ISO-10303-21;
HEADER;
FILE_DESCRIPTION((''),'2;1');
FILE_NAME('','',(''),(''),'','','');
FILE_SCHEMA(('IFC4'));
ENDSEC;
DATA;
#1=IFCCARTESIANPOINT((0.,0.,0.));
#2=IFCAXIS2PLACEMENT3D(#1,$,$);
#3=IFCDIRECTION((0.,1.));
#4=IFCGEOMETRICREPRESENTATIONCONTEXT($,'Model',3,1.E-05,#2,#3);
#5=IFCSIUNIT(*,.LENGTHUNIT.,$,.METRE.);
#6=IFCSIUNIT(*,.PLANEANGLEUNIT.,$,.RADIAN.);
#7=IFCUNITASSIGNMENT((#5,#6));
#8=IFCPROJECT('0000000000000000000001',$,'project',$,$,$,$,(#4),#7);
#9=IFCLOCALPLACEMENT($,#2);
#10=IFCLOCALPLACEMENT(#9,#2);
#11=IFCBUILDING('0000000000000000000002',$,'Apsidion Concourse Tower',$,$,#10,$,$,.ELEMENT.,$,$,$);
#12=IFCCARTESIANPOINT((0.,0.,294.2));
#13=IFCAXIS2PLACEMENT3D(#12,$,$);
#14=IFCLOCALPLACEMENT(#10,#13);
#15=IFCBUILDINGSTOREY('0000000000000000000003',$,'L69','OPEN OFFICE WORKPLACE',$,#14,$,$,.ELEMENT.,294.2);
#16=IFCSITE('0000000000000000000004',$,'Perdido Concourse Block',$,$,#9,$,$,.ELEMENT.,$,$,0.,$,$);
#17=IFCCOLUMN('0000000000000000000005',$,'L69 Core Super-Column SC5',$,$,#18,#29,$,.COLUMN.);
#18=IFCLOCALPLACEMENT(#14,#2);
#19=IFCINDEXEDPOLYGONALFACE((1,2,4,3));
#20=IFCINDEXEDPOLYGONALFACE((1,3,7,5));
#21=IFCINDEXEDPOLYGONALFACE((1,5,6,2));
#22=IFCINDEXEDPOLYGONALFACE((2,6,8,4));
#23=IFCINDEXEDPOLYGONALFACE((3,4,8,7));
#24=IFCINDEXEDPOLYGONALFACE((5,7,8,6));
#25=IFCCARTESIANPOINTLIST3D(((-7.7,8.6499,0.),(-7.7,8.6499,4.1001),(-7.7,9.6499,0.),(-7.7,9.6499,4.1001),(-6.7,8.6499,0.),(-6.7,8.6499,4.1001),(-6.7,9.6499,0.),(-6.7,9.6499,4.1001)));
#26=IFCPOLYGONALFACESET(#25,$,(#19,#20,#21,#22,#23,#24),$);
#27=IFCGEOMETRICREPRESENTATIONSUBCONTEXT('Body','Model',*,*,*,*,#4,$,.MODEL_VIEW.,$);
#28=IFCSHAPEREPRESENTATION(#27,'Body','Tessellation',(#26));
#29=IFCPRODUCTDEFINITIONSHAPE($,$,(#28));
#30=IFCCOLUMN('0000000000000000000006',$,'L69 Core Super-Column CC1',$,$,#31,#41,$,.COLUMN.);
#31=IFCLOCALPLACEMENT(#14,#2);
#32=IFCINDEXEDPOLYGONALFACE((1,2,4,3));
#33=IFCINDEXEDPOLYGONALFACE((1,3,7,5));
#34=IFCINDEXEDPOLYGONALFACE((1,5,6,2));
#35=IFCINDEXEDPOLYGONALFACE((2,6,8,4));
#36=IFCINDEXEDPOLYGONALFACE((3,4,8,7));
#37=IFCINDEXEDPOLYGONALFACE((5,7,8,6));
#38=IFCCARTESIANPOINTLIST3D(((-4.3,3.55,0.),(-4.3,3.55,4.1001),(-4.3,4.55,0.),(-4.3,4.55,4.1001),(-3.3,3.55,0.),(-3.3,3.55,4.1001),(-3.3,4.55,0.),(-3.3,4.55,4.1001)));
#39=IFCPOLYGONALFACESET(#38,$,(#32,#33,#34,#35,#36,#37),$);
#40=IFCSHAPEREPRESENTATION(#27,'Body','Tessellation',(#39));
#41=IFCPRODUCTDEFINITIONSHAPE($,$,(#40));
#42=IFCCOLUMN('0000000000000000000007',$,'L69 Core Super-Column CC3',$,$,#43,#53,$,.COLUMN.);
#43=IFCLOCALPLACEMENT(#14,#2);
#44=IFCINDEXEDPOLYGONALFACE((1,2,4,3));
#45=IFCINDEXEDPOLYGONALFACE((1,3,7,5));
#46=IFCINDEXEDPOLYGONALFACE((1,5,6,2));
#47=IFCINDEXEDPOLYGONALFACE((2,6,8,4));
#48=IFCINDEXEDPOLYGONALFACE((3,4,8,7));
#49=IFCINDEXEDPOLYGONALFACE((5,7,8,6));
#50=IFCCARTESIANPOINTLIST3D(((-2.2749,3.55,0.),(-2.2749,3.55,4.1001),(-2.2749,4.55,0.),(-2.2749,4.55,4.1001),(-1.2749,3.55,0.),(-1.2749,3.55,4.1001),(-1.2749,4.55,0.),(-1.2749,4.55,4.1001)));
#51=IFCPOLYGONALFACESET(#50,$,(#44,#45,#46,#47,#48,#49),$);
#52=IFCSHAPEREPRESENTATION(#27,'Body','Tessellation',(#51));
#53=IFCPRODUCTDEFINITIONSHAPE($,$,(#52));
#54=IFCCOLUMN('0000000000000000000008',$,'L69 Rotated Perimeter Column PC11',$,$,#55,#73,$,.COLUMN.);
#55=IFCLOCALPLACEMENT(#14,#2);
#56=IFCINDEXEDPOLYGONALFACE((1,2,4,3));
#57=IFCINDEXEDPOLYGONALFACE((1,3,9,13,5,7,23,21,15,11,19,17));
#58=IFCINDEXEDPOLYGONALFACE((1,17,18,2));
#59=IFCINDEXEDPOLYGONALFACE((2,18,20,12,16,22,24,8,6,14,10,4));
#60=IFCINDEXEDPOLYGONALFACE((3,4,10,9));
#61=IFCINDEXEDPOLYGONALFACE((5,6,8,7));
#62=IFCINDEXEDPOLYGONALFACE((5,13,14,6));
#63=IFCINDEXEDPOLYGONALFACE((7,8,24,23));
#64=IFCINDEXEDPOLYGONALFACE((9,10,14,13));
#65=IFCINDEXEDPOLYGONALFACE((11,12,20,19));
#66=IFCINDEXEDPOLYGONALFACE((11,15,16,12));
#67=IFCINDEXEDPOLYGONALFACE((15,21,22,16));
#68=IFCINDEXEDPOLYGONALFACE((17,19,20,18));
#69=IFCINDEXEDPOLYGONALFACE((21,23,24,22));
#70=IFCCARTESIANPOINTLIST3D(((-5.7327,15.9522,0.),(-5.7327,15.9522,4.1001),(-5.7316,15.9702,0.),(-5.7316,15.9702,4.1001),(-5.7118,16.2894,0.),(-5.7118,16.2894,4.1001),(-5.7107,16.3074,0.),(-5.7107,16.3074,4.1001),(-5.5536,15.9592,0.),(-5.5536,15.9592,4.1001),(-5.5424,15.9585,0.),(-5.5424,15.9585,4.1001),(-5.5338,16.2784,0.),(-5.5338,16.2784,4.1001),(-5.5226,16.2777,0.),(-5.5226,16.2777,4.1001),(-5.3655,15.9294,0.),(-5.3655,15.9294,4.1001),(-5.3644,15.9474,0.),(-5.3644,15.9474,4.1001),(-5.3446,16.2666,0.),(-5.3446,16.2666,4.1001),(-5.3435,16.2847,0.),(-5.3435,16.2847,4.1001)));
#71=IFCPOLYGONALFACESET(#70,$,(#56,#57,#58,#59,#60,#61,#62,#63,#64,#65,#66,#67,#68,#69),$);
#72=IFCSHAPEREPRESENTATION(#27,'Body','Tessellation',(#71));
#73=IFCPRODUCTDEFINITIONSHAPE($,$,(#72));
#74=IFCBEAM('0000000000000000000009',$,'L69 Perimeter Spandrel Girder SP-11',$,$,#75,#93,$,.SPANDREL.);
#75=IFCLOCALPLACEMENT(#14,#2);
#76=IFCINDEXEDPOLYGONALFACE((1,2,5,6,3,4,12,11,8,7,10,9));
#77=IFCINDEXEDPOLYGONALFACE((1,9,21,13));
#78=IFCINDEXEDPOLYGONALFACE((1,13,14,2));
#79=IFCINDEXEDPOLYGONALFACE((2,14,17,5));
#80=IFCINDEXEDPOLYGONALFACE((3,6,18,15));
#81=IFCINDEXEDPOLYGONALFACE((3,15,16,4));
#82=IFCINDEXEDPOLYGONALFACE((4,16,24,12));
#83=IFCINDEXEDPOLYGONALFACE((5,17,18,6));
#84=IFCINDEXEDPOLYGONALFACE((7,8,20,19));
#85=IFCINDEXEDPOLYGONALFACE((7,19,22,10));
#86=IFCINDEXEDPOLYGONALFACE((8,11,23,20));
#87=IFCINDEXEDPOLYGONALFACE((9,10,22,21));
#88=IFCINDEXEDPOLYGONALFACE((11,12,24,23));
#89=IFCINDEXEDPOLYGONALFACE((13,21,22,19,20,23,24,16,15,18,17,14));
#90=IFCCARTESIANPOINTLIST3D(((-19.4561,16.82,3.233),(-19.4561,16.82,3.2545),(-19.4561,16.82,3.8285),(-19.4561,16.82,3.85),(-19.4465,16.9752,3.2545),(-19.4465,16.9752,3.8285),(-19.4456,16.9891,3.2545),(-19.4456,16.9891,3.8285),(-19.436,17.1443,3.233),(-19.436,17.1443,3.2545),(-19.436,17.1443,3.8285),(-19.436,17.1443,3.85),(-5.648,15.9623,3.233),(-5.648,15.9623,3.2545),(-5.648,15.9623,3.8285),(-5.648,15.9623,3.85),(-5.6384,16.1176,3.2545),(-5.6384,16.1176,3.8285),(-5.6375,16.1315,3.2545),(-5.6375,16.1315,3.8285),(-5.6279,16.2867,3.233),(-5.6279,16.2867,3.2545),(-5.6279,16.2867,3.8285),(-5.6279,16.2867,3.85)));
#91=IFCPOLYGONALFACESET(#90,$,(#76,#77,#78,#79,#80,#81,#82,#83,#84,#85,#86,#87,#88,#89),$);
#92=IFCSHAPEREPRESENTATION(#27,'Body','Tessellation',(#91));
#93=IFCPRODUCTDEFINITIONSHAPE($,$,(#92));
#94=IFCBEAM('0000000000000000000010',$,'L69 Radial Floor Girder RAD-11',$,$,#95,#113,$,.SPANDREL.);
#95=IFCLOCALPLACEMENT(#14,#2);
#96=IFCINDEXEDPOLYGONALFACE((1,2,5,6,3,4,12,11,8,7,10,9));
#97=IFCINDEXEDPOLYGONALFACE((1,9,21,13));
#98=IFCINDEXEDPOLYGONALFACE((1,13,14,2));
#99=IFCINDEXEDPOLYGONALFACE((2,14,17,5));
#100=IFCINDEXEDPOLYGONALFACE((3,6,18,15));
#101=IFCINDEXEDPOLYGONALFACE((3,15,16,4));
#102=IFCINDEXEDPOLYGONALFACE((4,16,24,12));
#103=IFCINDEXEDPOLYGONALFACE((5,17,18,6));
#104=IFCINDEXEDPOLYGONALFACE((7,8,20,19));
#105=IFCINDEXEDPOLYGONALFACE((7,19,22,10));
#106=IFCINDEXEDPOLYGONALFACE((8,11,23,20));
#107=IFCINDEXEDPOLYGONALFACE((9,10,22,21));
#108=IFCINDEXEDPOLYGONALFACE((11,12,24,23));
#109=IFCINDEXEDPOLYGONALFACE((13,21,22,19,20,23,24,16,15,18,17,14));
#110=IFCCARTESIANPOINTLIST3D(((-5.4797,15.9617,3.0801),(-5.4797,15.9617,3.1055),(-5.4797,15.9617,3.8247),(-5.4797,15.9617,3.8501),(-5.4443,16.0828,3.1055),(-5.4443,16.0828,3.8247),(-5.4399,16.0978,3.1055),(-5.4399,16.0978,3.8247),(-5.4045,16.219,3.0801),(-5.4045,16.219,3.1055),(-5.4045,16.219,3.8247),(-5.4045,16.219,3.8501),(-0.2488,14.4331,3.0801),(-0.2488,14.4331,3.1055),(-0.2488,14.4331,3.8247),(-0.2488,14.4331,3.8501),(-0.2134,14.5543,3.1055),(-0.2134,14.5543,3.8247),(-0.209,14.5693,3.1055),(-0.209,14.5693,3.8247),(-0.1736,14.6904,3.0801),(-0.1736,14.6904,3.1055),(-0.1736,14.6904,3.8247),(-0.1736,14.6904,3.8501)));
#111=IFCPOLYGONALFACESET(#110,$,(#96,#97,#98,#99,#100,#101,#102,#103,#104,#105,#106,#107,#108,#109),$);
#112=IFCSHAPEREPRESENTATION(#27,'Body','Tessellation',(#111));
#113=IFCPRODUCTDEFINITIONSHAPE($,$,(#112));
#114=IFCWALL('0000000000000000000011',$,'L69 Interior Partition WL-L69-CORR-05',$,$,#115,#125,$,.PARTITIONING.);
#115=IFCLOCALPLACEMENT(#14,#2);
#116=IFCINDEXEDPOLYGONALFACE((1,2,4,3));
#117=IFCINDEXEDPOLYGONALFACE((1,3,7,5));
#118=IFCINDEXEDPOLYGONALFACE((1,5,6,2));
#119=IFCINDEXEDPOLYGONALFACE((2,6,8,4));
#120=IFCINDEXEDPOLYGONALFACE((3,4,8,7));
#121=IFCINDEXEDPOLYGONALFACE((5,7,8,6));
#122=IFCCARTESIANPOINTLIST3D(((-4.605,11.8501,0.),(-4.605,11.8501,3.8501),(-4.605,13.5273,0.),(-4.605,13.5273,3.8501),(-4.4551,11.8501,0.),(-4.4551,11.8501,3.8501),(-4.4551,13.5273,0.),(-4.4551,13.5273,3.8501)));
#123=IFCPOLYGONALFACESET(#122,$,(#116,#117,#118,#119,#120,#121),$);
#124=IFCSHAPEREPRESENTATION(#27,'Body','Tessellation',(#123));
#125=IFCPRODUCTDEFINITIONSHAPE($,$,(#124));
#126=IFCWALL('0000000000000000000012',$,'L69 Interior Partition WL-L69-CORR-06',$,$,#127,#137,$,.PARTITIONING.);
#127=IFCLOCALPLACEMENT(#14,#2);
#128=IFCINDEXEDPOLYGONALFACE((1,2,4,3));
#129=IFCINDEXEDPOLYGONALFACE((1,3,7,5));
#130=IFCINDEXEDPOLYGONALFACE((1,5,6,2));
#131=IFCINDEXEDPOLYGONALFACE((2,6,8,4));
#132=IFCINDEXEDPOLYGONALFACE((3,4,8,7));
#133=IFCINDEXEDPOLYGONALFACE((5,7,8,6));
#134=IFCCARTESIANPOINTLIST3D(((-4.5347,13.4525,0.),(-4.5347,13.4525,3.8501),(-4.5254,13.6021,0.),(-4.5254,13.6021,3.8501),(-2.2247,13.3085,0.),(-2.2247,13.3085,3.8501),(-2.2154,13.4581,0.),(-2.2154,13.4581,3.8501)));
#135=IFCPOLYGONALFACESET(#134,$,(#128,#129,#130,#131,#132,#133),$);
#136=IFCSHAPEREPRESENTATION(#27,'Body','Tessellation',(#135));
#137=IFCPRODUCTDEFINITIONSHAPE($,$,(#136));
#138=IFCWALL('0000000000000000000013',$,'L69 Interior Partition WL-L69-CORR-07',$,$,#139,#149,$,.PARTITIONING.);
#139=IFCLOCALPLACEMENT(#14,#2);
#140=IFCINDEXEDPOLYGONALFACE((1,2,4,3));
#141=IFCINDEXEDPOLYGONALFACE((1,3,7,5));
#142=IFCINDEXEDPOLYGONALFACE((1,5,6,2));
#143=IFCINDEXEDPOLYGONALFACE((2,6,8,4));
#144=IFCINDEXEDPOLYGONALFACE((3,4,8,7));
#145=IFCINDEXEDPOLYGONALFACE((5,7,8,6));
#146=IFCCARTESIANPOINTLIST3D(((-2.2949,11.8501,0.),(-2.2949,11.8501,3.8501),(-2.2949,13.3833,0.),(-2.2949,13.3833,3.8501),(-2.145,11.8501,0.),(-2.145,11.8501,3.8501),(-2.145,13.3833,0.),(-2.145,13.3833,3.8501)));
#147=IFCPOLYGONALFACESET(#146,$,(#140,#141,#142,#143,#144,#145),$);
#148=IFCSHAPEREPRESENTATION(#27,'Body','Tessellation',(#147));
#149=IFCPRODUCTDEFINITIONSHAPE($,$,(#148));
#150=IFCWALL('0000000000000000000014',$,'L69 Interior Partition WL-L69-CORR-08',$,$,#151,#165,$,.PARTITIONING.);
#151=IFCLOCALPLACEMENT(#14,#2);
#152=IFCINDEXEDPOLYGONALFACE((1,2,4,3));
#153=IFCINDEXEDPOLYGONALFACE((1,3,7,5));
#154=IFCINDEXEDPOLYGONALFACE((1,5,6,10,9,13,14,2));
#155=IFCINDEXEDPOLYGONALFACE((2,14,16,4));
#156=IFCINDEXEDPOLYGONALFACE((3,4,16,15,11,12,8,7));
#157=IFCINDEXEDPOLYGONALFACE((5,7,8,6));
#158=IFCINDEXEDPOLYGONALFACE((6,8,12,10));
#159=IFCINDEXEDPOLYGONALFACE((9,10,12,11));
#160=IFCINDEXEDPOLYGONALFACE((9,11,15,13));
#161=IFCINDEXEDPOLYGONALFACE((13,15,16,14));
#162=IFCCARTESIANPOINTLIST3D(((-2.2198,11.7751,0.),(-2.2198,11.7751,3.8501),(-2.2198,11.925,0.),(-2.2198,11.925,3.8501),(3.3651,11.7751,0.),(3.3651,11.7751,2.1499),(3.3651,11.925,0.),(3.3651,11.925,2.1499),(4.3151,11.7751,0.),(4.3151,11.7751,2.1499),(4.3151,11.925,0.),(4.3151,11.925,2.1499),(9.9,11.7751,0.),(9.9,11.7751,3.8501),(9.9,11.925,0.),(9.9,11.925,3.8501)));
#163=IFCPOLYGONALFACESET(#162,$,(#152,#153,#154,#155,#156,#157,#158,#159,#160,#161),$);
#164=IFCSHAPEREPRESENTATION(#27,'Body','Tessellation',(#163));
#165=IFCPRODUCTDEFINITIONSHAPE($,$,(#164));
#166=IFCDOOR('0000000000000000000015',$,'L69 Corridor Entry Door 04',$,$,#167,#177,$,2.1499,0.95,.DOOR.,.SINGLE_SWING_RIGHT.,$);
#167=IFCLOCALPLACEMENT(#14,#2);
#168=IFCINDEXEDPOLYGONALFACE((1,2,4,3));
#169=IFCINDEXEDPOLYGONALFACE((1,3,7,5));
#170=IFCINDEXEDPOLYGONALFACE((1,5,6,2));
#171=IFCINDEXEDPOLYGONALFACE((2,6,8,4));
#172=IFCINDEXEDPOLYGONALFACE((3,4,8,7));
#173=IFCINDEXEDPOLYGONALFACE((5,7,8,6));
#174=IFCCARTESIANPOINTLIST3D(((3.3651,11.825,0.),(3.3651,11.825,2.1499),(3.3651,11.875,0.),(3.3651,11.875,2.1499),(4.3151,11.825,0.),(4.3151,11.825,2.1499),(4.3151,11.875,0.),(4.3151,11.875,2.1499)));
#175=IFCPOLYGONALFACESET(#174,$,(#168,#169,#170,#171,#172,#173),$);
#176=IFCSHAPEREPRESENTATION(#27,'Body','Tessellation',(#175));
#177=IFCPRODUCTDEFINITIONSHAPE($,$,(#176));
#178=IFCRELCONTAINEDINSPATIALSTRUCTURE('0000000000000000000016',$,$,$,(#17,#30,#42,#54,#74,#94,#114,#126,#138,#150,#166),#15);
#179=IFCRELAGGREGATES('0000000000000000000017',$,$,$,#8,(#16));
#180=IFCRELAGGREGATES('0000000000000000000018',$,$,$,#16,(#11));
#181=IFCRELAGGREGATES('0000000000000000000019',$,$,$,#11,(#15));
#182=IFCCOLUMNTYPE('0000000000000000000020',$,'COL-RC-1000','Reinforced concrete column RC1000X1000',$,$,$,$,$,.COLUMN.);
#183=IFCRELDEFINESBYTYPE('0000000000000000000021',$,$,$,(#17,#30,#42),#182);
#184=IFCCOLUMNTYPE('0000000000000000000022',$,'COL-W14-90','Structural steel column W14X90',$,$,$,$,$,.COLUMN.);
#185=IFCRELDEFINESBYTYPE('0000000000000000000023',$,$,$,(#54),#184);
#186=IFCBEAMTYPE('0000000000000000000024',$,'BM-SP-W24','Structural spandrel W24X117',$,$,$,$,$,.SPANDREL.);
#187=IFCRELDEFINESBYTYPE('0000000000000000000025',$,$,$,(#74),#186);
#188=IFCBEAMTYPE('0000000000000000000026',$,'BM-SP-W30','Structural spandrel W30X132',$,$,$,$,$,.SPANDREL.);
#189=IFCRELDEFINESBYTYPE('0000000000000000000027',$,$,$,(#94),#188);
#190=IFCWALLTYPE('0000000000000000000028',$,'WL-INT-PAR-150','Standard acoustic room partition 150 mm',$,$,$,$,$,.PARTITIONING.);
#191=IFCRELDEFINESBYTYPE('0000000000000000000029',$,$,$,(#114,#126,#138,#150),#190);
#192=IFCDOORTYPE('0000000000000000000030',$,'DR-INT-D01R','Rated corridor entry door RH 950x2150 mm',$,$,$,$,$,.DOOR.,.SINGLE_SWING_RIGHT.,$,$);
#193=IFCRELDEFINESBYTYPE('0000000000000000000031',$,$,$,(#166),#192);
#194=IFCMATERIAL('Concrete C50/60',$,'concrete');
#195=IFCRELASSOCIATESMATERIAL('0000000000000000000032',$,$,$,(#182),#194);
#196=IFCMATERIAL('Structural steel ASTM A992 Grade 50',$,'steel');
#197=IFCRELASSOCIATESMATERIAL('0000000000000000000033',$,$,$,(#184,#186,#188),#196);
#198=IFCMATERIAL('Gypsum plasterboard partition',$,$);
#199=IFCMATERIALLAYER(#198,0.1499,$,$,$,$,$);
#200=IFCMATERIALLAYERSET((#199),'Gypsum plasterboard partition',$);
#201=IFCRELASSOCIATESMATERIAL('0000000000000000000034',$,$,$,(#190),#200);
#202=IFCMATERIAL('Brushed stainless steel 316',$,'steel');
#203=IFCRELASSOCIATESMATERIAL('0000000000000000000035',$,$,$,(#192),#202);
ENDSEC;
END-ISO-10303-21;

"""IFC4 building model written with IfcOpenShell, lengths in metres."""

from ifc_helpers import new_model, si_unit, direction, frame, frame_2d, origin, origin_2d, place, context, subcontext, project, spatial, rectangle, i_section, extrude, material, layer, layer_set, material_profile, profile_set, type_object, element, fill, save


model = new_model("IFC4")

# Units and contexts
model_context = context("Model", 3, precision=1e-05, world=origin(), true_north=direction((0.0, 1.0)))
body_context = subcontext(model_context, "Body", "Model", "MODEL_VIEW")
ifc_project = project(units=[si_unit("LENGTHUNIT", "METRE"), si_unit("PLANEANGLEUNIT", "RADIAN")], contexts=[model_context])

# Site, building, storey
site_placement = place(None, origin())
site = spatial("IfcSite", under=ifc_project, at=site_placement, Name="Perdido Concourse Block", CompositionType="ELEMENT", RefElevation=0.0)
building_placement = place(site_placement, origin())
building = spatial("IfcBuilding", under=site, at=building_placement, Name="Apsidion Concourse Tower", CompositionType="ELEMENT")
storey_placement = place(building_placement, frame((0.0, 0.0, 294.2)))
storey = spatial("IfcBuildingStorey", under=building, at=storey_placement, Name="L69", Description="OPEN OFFICE WORKPLACE", CompositionType="ELEMENT", Elevation=294.2)

# Columns
ifc_material_1 = material(Name="Concrete C50/60", Category="concrete")
ifc_material_profile_1 = material_profile(ifc_material_1, rectangle(XDim=1.0, YDim=1.0, at=origin_2d()), Name="RC 1000x1000")
ifc_profile_set_1 = profile_set([ifc_material_profile_1], Name="Concrete C50/60")
column_type_1 = type_object("IfcColumnType", Name="COL-RC-1000", Description="Reinforced concrete column RC1000X1000", PredefinedType="COLUMN", material=ifc_profile_set_1)
for number, where, z_axis, x_axis, name in (
    (1, (-7.2, 9.1499, 0.0), (0.0, 0.0, 1.0), (1.0, 0.0, 0.0), "L69 Core Super-Column SC5"),
    (2, (-3.8, 4.05, 0.0), (0.0, 0.0, 1.0), (1.0, 0.0, 0.0), "L69 Core Super-Column CC1"),
    (3, (-1.7749, 4.05, 0.0), (0.0, 0.0, 1.0), (1.0, 0.0, 0.0), "L69 Core Super-Column CC3"),
):
    element("IfcColumn", number, at=place(storey_placement, frame(where, z_axis=z_axis, x_axis=x_axis)), inside=storey, type_object=column_type_1, Name=name, PredefinedType="COLUMN", context=body_context, shape_type="SweptSolid", body=[
        extrude(rectangle(XDim=1.0, YDim=1.0, at=origin_2d()), origin(), (0.0, 0.0, 1.0), 4.1001),
    ])
ifc_material_2 = material(Name="Structural steel ASTM A992 Grade 50", Category="steel")
ifc_material_profile_2 = material_profile(ifc_material_2, i_section(OverallWidth=0.3679, OverallDepth=0.356, WebThickness=0.0112, FlangeThickness=0.0181, at=origin_2d()), Name="W14X90")
ifc_profile_set_2 = profile_set([ifc_material_profile_2], Name="Structural steel ASTM A992 Grade 50")
column_type_2 = type_object("IfcColumnType", Name="COL-W14-90", Description="Structural steel column W14X90", PredefinedType="COLUMN", material=ifc_profile_set_2)
column_placement = place(storey_placement, frame((-5.5381, 16.1184, 0.0), z_axis=(0.0, 0.0, 1.0), x_axis=(-0.998081, 0.06192, 0.0)))
element("IfcColumn", 4, at=column_placement, inside=storey, type_object=column_type_2, Name="L69 Rotated Perimeter Column PC11", PredefinedType="COLUMN", context=body_context, shape_type="SweptSolid", body=[
    extrude(i_section(OverallWidth=0.3679, OverallDepth=0.356, WebThickness=0.0112, FlangeThickness=0.0181, at=origin_2d()), origin(), (0.0, 0.0, 1.0), 4.1001),
])

# Beams
ifc_material_profile_3 = material_profile(ifc_material_2, i_section(OverallWidth=0.325, OverallDepth=0.6169, WebThickness=0.0139, FlangeThickness=0.0215, at=origin_2d()), Name="W24X117")
ifc_profile_set_3 = profile_set([ifc_material_profile_3], Name="Structural steel ASTM A992 Grade 50")
beam_type_1 = type_object("IfcBeamType", Name="BM-SP-W24", Description="Structural spandrel W24X117", PredefinedType="SPANDREL", material=ifc_profile_set_3)
beam_1_placement = place(storey_placement, frame((-5.6379, 16.1245, 3.5415), z_axis=(-0.998077, 0.061994, 0.0), x_axis=(-0.061994, -0.998077, 0.0)))
element("IfcBeam", 5, at=beam_1_placement, inside=storey, type_object=beam_type_1, Name="L69 Perimeter Spandrel Girder SP-11", PredefinedType="SPANDREL", context=body_context, shape_type="SweptSolid", body=[
    extrude(i_section(OverallWidth=0.325, OverallDepth=0.6169, WebThickness=0.0139, FlangeThickness=0.0215, at=origin_2d()), origin(), (0.0, 0.0, 1.0), 13.8347),
])
ifc_material_profile_4 = material_profile(ifc_material_2, i_section(OverallWidth=0.2681, OverallDepth=0.77, WebThickness=0.0156, FlangeThickness=0.0254, at=origin_2d()), Name="W30X132")
ifc_profile_set_4 = profile_set([ifc_material_profile_4], Name="Structural steel ASTM A992 Grade 50")
beam_type_2 = type_object("IfcBeamType", Name="BM-SP-W30", Description="Structural spandrel W30X132", PredefinedType="SPANDREL", material=ifc_profile_set_4)
beam_2_placement = place(storey_placement, frame((-0.2112, 14.5618, 3.4651), z_axis=(-0.959858, 0.280485, 0.0), x_axis=(-0.280485, -0.959858, 0.0)))
element("IfcBeam", 6, at=beam_2_placement, inside=storey, type_object=beam_type_2, Name="L69 Radial Floor Girder RAD-11", PredefinedType="SPANDREL", context=body_context, shape_type="SweptSolid", body=[
    extrude(i_section(OverallWidth=0.2681, OverallDepth=0.77, WebThickness=0.0156, FlangeThickness=0.0254, at=origin_2d()), origin(), (0.0, 0.0, 1.0), 5.4497),
])

# Walls
ifc_material_3 = material(Name="Gypsum plasterboard partition")
ifc_layer_1 = layer(ifc_material_3, 0.1499)
ifc_layer_set_1 = layer_set([ifc_layer_1], Name="Gypsum plasterboard partition")
wall_type_1 = type_object("IfcWallType", Name="WL-INT-PAR-150", Description="Standard acoustic room partition 150 mm", PredefinedType="PARTITIONING", material=ifc_layer_set_1)
wall_1_placement = place(storey_placement, frame((-4.53, 11.8501, 0.0), z_axis=(0.0, 0.0, 1.0), x_axis=(0.0, 1.0, 0.0)))
element("IfcWall", 7, at=wall_1_placement, inside=storey, type_object=wall_type_1, Name="L69 Interior Partition WL-L69-CORR-05", PredefinedType="PARTITIONING", context=body_context, shape_type="SweptSolid", body=[
    extrude(rectangle(XDim=1.6772, YDim=0.1499, at=frame_2d((0.8386, 0.0))), origin(), (0.0, 0.0, 1.0), 3.8501),
])
wall_2_placement = place(storey_placement, frame((-4.53, 13.5273, 0.0), z_axis=(0.0, 0.0, 1.0), x_axis=(0.998062, -0.062234, 0.0)))
element("IfcWall", 8, at=wall_2_placement, inside=storey, type_object=wall_type_1, Name="L69 Interior Partition WL-L69-CORR-06", PredefinedType="PARTITIONING", context=body_context, shape_type="SweptSolid", body=[
    extrude(rectangle(XDim=2.3145, YDim=0.1499, at=frame_2d((1.1572, 0.0))), origin(), (0.0, 0.0, 1.0), 3.8501),
])
wall_3_placement = place(storey_placement, frame((-2.22, 13.3833, 0.0), z_axis=(0.0, 0.0, 1.0), x_axis=(0.0, -1.0, 0.0)))
element("IfcWall", 9, at=wall_3_placement, inside=storey, type_object=wall_type_1, Name="L69 Interior Partition WL-L69-CORR-07", PredefinedType="PARTITIONING", context=body_context, shape_type="SweptSolid", body=[
    extrude(rectangle(XDim=1.5332, YDim=0.1499, at=frame_2d((0.7666, 0.0))), origin(), (0.0, 0.0, 1.0), 3.8501),
])

# Wall, opening, door
wall_4_placement = place(storey_placement, frame((-2.22, 11.8501, 0.0), z_axis=(0.0, 0.0, 1.0), x_axis=(1.0, 0.0, 0.0)))
wall_4 = element("IfcWall", 10, at=wall_4_placement, inside=storey, type_object=wall_type_1, Name="L69 Interior Partition WL-L69-CORR-08", PredefinedType="PARTITIONING", context=body_context, shape_type="SweptSolid", body=[
    extrude(rectangle(XDim=12.1199, YDim=0.1499, at=frame_2d((6.0601, 0.0))), origin(), (0.0, 0.0, 1.0), 3.8501),
])
opening_placement = place(wall_4_placement, frame((5.585, 0.0, 0.0)))
opening = element("IfcOpeningElement", 11, at=opening_placement, cuts=wall_4, PredefinedType="OPENING", context=body_context, shape_type="SweptSolid", body=[
    extrude(rectangle(XDim=0.95, YDim=2.1499, at=frame_2d((0.4751, 1.075))), frame((0.0, 0.085, 0.0), z_axis=(0.0, -1.0, 0.0), x_axis=(1.0, 0.0, 0.0)), (0.0, 0.0, 1.0), 0.1699),
])
ifc_material_4 = material(Name="Brushed stainless steel 316", Category="steel")
door_type = type_object("IfcDoorType", Name="DR-INT-D01R", Description="Rated corridor entry door RH 950x2150 mm", OperationType="SINGLE_SWING_RIGHT", PredefinedType="DOOR", material=ifc_material_4)
door_placement = place(opening_placement, origin())
door = element("IfcDoor", 12, at=door_placement, inside=storey, type_object=door_type, Name="L69 Corridor Entry Door 04", OperationType="SINGLE_SWING_RIGHT", OverallHeight=2.1499, OverallWidth=0.95, PredefinedType="DOOR", context=body_context, shape_type="SweptSolid", body=[
    extrude(rectangle(XDim=0.95, YDim=2.1499, at=frame_2d((0.4751, 1.075))), frame((0.0, 0.0249, 0.0), z_axis=(0.0, -1.0, 0.0), x_axis=(1.0, 0.0, 0.0)), (0.0, 0.0, 1.0), 0.05),
])
fill(opening, door)

save(model, "model.ifc")
